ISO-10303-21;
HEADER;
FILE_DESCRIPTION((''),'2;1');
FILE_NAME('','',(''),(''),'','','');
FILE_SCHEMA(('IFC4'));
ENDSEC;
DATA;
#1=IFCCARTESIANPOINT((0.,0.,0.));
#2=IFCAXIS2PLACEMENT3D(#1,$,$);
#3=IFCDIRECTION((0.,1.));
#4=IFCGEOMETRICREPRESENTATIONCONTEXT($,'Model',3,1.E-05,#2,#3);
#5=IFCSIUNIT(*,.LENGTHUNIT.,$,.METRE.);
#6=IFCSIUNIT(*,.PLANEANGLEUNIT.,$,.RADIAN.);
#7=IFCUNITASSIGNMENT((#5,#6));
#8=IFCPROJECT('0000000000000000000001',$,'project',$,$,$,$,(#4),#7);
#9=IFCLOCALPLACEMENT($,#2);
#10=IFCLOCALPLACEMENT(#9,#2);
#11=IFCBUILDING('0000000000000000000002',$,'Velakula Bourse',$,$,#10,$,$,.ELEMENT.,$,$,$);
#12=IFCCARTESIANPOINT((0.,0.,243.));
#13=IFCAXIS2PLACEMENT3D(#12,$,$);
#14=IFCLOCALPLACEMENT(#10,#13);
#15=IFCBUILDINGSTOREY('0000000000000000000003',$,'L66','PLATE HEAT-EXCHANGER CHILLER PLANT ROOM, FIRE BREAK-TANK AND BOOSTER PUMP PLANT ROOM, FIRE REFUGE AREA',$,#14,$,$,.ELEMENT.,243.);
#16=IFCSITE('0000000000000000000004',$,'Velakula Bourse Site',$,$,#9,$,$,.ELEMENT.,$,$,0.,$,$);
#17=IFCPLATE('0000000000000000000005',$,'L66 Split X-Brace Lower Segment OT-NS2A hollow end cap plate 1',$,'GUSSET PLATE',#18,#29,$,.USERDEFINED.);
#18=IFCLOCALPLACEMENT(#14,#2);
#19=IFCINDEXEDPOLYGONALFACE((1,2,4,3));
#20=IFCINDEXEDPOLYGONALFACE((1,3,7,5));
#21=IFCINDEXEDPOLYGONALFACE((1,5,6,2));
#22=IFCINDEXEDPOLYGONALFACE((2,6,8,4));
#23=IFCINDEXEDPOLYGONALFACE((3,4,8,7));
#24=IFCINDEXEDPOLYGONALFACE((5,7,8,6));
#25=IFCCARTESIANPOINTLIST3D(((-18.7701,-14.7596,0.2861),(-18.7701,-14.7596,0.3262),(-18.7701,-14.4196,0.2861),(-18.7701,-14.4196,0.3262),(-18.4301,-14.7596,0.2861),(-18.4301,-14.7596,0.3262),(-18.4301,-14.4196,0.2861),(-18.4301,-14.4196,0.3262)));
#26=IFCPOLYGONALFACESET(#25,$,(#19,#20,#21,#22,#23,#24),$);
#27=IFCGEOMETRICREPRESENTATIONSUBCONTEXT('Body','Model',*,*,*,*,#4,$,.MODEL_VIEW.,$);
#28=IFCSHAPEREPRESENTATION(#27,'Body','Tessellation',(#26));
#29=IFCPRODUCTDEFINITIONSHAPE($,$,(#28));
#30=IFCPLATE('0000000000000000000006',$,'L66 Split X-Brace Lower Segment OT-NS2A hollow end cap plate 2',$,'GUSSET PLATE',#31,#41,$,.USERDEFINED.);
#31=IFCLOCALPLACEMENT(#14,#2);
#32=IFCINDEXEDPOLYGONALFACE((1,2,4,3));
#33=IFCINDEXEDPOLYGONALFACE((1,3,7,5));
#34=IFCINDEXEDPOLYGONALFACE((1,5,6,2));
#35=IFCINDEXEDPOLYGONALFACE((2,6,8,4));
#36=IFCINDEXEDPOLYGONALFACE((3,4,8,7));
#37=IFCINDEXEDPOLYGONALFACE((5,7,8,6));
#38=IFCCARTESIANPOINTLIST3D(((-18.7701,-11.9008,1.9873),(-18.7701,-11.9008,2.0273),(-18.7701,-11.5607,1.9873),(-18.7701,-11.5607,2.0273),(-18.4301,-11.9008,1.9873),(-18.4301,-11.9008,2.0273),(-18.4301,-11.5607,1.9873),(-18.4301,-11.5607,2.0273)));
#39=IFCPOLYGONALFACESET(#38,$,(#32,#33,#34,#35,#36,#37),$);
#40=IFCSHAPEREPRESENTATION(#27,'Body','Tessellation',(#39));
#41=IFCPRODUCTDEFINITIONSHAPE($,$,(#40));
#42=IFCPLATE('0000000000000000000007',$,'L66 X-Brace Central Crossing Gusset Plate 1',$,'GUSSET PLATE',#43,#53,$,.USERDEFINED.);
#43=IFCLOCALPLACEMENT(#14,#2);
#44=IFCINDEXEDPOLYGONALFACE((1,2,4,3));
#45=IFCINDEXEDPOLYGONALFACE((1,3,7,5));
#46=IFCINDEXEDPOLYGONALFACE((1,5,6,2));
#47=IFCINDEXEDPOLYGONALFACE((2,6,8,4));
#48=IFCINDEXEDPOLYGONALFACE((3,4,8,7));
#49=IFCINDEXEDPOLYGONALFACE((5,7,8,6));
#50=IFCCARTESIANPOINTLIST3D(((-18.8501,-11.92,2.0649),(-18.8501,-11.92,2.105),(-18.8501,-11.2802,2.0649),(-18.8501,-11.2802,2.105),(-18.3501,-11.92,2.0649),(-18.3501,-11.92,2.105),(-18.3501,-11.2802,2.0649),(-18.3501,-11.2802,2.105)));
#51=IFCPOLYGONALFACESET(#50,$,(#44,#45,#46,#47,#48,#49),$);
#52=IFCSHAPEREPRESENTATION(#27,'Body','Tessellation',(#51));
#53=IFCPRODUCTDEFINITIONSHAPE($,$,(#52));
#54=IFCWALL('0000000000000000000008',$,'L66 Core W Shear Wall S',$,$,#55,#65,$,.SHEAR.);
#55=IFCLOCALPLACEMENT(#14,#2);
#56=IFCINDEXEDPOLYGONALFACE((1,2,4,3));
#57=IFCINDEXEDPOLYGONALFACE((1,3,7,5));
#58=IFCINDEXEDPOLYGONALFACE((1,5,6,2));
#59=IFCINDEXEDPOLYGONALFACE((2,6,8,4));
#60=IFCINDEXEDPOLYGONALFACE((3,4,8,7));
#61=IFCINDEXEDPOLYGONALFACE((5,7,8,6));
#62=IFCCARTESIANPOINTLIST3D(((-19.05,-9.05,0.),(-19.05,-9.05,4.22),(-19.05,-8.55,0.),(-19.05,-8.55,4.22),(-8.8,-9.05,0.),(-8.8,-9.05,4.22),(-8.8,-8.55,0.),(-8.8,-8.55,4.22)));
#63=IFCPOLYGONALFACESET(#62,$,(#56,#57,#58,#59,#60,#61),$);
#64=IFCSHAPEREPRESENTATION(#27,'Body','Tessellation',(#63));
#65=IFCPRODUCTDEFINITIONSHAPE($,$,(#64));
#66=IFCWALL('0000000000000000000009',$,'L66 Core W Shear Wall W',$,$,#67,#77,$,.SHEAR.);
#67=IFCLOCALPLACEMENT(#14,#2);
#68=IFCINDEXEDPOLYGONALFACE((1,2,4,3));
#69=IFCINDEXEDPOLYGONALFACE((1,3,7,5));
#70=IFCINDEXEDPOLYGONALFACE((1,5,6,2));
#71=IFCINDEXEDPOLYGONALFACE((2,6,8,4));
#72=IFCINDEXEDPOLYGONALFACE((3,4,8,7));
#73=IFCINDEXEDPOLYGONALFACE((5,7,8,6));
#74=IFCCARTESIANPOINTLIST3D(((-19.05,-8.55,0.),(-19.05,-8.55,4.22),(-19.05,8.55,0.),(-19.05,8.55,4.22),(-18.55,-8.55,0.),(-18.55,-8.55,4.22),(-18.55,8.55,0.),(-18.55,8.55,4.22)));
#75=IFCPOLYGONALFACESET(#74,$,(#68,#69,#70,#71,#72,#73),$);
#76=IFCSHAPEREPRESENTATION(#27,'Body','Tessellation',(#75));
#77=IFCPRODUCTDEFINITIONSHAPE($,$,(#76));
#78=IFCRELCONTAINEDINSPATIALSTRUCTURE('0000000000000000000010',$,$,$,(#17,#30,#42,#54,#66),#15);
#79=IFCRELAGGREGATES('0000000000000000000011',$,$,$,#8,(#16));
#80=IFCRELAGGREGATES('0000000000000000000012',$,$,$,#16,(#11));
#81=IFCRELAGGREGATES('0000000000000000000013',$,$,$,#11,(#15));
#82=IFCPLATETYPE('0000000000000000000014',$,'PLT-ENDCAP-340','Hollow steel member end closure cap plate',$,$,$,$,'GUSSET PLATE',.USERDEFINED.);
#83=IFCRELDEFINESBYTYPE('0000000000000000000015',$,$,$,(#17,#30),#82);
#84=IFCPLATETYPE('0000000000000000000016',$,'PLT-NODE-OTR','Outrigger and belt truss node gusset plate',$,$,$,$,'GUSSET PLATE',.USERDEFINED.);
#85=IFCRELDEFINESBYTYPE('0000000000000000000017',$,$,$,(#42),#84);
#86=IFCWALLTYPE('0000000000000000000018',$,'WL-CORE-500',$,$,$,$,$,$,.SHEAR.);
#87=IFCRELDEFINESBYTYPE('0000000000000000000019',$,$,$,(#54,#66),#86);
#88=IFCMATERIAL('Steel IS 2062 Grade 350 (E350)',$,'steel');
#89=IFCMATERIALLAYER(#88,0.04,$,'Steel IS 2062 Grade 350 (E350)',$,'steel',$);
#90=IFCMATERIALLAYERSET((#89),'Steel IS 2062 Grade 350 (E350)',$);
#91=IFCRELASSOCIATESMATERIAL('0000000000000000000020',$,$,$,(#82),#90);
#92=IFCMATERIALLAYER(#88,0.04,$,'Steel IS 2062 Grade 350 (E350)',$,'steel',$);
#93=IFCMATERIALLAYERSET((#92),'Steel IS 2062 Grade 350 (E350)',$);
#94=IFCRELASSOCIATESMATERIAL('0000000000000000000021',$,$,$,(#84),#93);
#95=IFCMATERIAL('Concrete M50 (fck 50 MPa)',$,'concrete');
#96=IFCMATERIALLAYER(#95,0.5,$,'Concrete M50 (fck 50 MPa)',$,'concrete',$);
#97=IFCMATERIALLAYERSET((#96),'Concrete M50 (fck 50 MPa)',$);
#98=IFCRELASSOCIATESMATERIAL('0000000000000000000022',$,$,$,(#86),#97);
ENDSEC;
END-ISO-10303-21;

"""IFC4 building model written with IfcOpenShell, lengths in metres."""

from ifc_helpers import new_model, si_unit, direction, frame, frame_2d, origin, origin_2d, place, context, subcontext, project, spatial, rectangle, extrude, material, layer, layer_set, type_object, element, save


model = new_model("IFC4")

# Units and contexts
model_context = context("Model", 3, precision=1e-05, world=origin(), true_north=direction((0.0, 1.0)))
body_context = subcontext(model_context, "Body", "Model", "MODEL_VIEW")
ifc_project = project(units=[si_unit("LENGTHUNIT", "METRE"), si_unit("PLANEANGLEUNIT", "RADIAN")], contexts=[model_context])

# Site, building, storey
site_placement = place(None, origin())
site = spatial("IfcSite", under=ifc_project, at=site_placement, Name="Velakula Bourse Site", CompositionType="ELEMENT", RefElevation=0.0)
building_placement = place(site_placement, origin())
building = spatial("IfcBuilding", under=site, at=building_placement, Name="Velakula Bourse", CompositionType="ELEMENT")
storey_placement = place(building_placement, frame((0.0, 0.0, 243.0)))
storey = spatial("IfcBuildingStorey", under=building, at=storey_placement, Name="L66", Description="PLATE HEAT-EXCHANGER CHILLER PLANT ROOM, FIRE BREAK-TANK AND BOOSTER PUMP PLANT ROOM, FIRE REFUGE AREA", CompositionType="ELEMENT", Elevation=243.0)

# Shared definitions
ifc_material_1 = material(Name="Steel IS 2062 Grade 350 (E350)", Category="steel")

# Plates
ifc_layer_1 = layer(ifc_material_1, 0.04, Name="Steel IS 2062 Grade 350 (E350)", Category="steel")
ifc_layer_set_1 = layer_set([ifc_layer_1], Name="Steel IS 2062 Grade 350 (E350)")
plate_type_1 = type_object("IfcPlateType", Name="PLT-ENDCAP-340", Description="Hollow steel member end closure cap plate", ElementType="GUSSET PLATE", PredefinedType="USERDEFINED", material=ifc_layer_set_1)
for number, where, z_axis, x_axis, name in (
    (1, (-18.6001, -14.5896, 0.2861), (0.0, 0.0, 1.0), (0.0, 1.0, 0.0), "L66 Split X-Brace Lower Segment OT-NS2A hollow end cap plate 1"),
    (2, (-18.6001, -11.7307, 1.9873), (0.0, 0.0, 1.0), (0.0, 1.0, 0.0), "L66 Split X-Brace Lower Segment OT-NS2A hollow end cap plate 2"),
):
    element("IfcPlate", number, at=place(storey_placement, frame(where, z_axis=z_axis, x_axis=x_axis)), inside=storey, type_object=plate_type_1, Name=name, ObjectType="GUSSET PLATE", PredefinedType="USERDEFINED", context=body_context, shape_type="SweptSolid", body=[
        extrude(rectangle(XDim=0.3401, YDim=0.3401, at=origin_2d()), origin(), (0.0, 0.0, 1.0), 0.04),
    ])
ifc_layer_2 = layer(ifc_material_1, 0.04, Name="Steel IS 2062 Grade 350 (E350)", Category="steel")
ifc_layer_set_2 = layer_set([ifc_layer_2], Name="Steel IS 2062 Grade 350 (E350)")
plate_type_2 = type_object("IfcPlateType", Name="PLT-NODE-OTR", Description="Outrigger and belt truss node gusset plate", ElementType="GUSSET PLATE", PredefinedType="USERDEFINED", material=ifc_layer_set_2)
plate_placement = place(storey_placement, frame((-18.6001, -11.6001, 2.0649), z_axis=(0.0, 0.0, 1.0), x_axis=(0.0, -1.0, 0.0)))
element("IfcPlate", 3, at=plate_placement, inside=storey, type_object=plate_type_2, Name="L66 X-Brace Central Crossing Gusset Plate 1", ObjectType="GUSSET PLATE", PredefinedType="USERDEFINED", context=body_context, shape_type="SweptSolid", body=[
    extrude(rectangle(XDim=0.6399, YDim=0.5, at=origin_2d()), origin(), (0.0, 0.0, 1.0), 0.04),
])

# Walls
ifc_material_2 = material(Name="Concrete M50 (fck 50 MPa)", Category="concrete")
ifc_layer_3 = layer(ifc_material_2, 0.5, Name="Concrete M50 (fck 50 MPa)", Category="concrete")
ifc_layer_set_3 = layer_set([ifc_layer_3], Name="Concrete M50 (fck 50 MPa)")
wall_type = type_object("IfcWallType", Name="WL-CORE-500", PredefinedType="SHEAR", material=ifc_layer_set_3)
wall_1_placement = place(storey_placement, frame((-19.05, -8.8, 0.0), z_axis=(0.0, 0.0, 1.0), x_axis=(1.0, 0.0, 0.0)))
element("IfcWall", 4, at=wall_1_placement, inside=storey, type_object=wall_type, Name="L66 Core W Shear Wall S", PredefinedType="SHEAR", context=body_context, shape_type="SweptSolid", body=[
    extrude(rectangle(XDim=10.25, YDim=0.5, at=frame_2d((5.125, 0.0))), origin(), (0.0, 0.0, 1.0), 4.22),
])
wall_2_placement = place(storey_placement, frame((-18.8, -8.55, 0.0), z_axis=(0.0, 0.0, 1.0), x_axis=(0.0, 1.0, 0.0)))
element("IfcWall", 5, at=wall_2_placement, inside=storey, type_object=wall_type, Name="L66 Core W Shear Wall W", PredefinedType="SHEAR", context=body_context, shape_type="SweptSolid", body=[
    extrude(rectangle(XDim=17.1001, YDim=0.5, at=frame_2d((8.55, 0.0))), origin(), (0.0, 0.0, 1.0), 4.22),
])

save(model, "model.ifc")
